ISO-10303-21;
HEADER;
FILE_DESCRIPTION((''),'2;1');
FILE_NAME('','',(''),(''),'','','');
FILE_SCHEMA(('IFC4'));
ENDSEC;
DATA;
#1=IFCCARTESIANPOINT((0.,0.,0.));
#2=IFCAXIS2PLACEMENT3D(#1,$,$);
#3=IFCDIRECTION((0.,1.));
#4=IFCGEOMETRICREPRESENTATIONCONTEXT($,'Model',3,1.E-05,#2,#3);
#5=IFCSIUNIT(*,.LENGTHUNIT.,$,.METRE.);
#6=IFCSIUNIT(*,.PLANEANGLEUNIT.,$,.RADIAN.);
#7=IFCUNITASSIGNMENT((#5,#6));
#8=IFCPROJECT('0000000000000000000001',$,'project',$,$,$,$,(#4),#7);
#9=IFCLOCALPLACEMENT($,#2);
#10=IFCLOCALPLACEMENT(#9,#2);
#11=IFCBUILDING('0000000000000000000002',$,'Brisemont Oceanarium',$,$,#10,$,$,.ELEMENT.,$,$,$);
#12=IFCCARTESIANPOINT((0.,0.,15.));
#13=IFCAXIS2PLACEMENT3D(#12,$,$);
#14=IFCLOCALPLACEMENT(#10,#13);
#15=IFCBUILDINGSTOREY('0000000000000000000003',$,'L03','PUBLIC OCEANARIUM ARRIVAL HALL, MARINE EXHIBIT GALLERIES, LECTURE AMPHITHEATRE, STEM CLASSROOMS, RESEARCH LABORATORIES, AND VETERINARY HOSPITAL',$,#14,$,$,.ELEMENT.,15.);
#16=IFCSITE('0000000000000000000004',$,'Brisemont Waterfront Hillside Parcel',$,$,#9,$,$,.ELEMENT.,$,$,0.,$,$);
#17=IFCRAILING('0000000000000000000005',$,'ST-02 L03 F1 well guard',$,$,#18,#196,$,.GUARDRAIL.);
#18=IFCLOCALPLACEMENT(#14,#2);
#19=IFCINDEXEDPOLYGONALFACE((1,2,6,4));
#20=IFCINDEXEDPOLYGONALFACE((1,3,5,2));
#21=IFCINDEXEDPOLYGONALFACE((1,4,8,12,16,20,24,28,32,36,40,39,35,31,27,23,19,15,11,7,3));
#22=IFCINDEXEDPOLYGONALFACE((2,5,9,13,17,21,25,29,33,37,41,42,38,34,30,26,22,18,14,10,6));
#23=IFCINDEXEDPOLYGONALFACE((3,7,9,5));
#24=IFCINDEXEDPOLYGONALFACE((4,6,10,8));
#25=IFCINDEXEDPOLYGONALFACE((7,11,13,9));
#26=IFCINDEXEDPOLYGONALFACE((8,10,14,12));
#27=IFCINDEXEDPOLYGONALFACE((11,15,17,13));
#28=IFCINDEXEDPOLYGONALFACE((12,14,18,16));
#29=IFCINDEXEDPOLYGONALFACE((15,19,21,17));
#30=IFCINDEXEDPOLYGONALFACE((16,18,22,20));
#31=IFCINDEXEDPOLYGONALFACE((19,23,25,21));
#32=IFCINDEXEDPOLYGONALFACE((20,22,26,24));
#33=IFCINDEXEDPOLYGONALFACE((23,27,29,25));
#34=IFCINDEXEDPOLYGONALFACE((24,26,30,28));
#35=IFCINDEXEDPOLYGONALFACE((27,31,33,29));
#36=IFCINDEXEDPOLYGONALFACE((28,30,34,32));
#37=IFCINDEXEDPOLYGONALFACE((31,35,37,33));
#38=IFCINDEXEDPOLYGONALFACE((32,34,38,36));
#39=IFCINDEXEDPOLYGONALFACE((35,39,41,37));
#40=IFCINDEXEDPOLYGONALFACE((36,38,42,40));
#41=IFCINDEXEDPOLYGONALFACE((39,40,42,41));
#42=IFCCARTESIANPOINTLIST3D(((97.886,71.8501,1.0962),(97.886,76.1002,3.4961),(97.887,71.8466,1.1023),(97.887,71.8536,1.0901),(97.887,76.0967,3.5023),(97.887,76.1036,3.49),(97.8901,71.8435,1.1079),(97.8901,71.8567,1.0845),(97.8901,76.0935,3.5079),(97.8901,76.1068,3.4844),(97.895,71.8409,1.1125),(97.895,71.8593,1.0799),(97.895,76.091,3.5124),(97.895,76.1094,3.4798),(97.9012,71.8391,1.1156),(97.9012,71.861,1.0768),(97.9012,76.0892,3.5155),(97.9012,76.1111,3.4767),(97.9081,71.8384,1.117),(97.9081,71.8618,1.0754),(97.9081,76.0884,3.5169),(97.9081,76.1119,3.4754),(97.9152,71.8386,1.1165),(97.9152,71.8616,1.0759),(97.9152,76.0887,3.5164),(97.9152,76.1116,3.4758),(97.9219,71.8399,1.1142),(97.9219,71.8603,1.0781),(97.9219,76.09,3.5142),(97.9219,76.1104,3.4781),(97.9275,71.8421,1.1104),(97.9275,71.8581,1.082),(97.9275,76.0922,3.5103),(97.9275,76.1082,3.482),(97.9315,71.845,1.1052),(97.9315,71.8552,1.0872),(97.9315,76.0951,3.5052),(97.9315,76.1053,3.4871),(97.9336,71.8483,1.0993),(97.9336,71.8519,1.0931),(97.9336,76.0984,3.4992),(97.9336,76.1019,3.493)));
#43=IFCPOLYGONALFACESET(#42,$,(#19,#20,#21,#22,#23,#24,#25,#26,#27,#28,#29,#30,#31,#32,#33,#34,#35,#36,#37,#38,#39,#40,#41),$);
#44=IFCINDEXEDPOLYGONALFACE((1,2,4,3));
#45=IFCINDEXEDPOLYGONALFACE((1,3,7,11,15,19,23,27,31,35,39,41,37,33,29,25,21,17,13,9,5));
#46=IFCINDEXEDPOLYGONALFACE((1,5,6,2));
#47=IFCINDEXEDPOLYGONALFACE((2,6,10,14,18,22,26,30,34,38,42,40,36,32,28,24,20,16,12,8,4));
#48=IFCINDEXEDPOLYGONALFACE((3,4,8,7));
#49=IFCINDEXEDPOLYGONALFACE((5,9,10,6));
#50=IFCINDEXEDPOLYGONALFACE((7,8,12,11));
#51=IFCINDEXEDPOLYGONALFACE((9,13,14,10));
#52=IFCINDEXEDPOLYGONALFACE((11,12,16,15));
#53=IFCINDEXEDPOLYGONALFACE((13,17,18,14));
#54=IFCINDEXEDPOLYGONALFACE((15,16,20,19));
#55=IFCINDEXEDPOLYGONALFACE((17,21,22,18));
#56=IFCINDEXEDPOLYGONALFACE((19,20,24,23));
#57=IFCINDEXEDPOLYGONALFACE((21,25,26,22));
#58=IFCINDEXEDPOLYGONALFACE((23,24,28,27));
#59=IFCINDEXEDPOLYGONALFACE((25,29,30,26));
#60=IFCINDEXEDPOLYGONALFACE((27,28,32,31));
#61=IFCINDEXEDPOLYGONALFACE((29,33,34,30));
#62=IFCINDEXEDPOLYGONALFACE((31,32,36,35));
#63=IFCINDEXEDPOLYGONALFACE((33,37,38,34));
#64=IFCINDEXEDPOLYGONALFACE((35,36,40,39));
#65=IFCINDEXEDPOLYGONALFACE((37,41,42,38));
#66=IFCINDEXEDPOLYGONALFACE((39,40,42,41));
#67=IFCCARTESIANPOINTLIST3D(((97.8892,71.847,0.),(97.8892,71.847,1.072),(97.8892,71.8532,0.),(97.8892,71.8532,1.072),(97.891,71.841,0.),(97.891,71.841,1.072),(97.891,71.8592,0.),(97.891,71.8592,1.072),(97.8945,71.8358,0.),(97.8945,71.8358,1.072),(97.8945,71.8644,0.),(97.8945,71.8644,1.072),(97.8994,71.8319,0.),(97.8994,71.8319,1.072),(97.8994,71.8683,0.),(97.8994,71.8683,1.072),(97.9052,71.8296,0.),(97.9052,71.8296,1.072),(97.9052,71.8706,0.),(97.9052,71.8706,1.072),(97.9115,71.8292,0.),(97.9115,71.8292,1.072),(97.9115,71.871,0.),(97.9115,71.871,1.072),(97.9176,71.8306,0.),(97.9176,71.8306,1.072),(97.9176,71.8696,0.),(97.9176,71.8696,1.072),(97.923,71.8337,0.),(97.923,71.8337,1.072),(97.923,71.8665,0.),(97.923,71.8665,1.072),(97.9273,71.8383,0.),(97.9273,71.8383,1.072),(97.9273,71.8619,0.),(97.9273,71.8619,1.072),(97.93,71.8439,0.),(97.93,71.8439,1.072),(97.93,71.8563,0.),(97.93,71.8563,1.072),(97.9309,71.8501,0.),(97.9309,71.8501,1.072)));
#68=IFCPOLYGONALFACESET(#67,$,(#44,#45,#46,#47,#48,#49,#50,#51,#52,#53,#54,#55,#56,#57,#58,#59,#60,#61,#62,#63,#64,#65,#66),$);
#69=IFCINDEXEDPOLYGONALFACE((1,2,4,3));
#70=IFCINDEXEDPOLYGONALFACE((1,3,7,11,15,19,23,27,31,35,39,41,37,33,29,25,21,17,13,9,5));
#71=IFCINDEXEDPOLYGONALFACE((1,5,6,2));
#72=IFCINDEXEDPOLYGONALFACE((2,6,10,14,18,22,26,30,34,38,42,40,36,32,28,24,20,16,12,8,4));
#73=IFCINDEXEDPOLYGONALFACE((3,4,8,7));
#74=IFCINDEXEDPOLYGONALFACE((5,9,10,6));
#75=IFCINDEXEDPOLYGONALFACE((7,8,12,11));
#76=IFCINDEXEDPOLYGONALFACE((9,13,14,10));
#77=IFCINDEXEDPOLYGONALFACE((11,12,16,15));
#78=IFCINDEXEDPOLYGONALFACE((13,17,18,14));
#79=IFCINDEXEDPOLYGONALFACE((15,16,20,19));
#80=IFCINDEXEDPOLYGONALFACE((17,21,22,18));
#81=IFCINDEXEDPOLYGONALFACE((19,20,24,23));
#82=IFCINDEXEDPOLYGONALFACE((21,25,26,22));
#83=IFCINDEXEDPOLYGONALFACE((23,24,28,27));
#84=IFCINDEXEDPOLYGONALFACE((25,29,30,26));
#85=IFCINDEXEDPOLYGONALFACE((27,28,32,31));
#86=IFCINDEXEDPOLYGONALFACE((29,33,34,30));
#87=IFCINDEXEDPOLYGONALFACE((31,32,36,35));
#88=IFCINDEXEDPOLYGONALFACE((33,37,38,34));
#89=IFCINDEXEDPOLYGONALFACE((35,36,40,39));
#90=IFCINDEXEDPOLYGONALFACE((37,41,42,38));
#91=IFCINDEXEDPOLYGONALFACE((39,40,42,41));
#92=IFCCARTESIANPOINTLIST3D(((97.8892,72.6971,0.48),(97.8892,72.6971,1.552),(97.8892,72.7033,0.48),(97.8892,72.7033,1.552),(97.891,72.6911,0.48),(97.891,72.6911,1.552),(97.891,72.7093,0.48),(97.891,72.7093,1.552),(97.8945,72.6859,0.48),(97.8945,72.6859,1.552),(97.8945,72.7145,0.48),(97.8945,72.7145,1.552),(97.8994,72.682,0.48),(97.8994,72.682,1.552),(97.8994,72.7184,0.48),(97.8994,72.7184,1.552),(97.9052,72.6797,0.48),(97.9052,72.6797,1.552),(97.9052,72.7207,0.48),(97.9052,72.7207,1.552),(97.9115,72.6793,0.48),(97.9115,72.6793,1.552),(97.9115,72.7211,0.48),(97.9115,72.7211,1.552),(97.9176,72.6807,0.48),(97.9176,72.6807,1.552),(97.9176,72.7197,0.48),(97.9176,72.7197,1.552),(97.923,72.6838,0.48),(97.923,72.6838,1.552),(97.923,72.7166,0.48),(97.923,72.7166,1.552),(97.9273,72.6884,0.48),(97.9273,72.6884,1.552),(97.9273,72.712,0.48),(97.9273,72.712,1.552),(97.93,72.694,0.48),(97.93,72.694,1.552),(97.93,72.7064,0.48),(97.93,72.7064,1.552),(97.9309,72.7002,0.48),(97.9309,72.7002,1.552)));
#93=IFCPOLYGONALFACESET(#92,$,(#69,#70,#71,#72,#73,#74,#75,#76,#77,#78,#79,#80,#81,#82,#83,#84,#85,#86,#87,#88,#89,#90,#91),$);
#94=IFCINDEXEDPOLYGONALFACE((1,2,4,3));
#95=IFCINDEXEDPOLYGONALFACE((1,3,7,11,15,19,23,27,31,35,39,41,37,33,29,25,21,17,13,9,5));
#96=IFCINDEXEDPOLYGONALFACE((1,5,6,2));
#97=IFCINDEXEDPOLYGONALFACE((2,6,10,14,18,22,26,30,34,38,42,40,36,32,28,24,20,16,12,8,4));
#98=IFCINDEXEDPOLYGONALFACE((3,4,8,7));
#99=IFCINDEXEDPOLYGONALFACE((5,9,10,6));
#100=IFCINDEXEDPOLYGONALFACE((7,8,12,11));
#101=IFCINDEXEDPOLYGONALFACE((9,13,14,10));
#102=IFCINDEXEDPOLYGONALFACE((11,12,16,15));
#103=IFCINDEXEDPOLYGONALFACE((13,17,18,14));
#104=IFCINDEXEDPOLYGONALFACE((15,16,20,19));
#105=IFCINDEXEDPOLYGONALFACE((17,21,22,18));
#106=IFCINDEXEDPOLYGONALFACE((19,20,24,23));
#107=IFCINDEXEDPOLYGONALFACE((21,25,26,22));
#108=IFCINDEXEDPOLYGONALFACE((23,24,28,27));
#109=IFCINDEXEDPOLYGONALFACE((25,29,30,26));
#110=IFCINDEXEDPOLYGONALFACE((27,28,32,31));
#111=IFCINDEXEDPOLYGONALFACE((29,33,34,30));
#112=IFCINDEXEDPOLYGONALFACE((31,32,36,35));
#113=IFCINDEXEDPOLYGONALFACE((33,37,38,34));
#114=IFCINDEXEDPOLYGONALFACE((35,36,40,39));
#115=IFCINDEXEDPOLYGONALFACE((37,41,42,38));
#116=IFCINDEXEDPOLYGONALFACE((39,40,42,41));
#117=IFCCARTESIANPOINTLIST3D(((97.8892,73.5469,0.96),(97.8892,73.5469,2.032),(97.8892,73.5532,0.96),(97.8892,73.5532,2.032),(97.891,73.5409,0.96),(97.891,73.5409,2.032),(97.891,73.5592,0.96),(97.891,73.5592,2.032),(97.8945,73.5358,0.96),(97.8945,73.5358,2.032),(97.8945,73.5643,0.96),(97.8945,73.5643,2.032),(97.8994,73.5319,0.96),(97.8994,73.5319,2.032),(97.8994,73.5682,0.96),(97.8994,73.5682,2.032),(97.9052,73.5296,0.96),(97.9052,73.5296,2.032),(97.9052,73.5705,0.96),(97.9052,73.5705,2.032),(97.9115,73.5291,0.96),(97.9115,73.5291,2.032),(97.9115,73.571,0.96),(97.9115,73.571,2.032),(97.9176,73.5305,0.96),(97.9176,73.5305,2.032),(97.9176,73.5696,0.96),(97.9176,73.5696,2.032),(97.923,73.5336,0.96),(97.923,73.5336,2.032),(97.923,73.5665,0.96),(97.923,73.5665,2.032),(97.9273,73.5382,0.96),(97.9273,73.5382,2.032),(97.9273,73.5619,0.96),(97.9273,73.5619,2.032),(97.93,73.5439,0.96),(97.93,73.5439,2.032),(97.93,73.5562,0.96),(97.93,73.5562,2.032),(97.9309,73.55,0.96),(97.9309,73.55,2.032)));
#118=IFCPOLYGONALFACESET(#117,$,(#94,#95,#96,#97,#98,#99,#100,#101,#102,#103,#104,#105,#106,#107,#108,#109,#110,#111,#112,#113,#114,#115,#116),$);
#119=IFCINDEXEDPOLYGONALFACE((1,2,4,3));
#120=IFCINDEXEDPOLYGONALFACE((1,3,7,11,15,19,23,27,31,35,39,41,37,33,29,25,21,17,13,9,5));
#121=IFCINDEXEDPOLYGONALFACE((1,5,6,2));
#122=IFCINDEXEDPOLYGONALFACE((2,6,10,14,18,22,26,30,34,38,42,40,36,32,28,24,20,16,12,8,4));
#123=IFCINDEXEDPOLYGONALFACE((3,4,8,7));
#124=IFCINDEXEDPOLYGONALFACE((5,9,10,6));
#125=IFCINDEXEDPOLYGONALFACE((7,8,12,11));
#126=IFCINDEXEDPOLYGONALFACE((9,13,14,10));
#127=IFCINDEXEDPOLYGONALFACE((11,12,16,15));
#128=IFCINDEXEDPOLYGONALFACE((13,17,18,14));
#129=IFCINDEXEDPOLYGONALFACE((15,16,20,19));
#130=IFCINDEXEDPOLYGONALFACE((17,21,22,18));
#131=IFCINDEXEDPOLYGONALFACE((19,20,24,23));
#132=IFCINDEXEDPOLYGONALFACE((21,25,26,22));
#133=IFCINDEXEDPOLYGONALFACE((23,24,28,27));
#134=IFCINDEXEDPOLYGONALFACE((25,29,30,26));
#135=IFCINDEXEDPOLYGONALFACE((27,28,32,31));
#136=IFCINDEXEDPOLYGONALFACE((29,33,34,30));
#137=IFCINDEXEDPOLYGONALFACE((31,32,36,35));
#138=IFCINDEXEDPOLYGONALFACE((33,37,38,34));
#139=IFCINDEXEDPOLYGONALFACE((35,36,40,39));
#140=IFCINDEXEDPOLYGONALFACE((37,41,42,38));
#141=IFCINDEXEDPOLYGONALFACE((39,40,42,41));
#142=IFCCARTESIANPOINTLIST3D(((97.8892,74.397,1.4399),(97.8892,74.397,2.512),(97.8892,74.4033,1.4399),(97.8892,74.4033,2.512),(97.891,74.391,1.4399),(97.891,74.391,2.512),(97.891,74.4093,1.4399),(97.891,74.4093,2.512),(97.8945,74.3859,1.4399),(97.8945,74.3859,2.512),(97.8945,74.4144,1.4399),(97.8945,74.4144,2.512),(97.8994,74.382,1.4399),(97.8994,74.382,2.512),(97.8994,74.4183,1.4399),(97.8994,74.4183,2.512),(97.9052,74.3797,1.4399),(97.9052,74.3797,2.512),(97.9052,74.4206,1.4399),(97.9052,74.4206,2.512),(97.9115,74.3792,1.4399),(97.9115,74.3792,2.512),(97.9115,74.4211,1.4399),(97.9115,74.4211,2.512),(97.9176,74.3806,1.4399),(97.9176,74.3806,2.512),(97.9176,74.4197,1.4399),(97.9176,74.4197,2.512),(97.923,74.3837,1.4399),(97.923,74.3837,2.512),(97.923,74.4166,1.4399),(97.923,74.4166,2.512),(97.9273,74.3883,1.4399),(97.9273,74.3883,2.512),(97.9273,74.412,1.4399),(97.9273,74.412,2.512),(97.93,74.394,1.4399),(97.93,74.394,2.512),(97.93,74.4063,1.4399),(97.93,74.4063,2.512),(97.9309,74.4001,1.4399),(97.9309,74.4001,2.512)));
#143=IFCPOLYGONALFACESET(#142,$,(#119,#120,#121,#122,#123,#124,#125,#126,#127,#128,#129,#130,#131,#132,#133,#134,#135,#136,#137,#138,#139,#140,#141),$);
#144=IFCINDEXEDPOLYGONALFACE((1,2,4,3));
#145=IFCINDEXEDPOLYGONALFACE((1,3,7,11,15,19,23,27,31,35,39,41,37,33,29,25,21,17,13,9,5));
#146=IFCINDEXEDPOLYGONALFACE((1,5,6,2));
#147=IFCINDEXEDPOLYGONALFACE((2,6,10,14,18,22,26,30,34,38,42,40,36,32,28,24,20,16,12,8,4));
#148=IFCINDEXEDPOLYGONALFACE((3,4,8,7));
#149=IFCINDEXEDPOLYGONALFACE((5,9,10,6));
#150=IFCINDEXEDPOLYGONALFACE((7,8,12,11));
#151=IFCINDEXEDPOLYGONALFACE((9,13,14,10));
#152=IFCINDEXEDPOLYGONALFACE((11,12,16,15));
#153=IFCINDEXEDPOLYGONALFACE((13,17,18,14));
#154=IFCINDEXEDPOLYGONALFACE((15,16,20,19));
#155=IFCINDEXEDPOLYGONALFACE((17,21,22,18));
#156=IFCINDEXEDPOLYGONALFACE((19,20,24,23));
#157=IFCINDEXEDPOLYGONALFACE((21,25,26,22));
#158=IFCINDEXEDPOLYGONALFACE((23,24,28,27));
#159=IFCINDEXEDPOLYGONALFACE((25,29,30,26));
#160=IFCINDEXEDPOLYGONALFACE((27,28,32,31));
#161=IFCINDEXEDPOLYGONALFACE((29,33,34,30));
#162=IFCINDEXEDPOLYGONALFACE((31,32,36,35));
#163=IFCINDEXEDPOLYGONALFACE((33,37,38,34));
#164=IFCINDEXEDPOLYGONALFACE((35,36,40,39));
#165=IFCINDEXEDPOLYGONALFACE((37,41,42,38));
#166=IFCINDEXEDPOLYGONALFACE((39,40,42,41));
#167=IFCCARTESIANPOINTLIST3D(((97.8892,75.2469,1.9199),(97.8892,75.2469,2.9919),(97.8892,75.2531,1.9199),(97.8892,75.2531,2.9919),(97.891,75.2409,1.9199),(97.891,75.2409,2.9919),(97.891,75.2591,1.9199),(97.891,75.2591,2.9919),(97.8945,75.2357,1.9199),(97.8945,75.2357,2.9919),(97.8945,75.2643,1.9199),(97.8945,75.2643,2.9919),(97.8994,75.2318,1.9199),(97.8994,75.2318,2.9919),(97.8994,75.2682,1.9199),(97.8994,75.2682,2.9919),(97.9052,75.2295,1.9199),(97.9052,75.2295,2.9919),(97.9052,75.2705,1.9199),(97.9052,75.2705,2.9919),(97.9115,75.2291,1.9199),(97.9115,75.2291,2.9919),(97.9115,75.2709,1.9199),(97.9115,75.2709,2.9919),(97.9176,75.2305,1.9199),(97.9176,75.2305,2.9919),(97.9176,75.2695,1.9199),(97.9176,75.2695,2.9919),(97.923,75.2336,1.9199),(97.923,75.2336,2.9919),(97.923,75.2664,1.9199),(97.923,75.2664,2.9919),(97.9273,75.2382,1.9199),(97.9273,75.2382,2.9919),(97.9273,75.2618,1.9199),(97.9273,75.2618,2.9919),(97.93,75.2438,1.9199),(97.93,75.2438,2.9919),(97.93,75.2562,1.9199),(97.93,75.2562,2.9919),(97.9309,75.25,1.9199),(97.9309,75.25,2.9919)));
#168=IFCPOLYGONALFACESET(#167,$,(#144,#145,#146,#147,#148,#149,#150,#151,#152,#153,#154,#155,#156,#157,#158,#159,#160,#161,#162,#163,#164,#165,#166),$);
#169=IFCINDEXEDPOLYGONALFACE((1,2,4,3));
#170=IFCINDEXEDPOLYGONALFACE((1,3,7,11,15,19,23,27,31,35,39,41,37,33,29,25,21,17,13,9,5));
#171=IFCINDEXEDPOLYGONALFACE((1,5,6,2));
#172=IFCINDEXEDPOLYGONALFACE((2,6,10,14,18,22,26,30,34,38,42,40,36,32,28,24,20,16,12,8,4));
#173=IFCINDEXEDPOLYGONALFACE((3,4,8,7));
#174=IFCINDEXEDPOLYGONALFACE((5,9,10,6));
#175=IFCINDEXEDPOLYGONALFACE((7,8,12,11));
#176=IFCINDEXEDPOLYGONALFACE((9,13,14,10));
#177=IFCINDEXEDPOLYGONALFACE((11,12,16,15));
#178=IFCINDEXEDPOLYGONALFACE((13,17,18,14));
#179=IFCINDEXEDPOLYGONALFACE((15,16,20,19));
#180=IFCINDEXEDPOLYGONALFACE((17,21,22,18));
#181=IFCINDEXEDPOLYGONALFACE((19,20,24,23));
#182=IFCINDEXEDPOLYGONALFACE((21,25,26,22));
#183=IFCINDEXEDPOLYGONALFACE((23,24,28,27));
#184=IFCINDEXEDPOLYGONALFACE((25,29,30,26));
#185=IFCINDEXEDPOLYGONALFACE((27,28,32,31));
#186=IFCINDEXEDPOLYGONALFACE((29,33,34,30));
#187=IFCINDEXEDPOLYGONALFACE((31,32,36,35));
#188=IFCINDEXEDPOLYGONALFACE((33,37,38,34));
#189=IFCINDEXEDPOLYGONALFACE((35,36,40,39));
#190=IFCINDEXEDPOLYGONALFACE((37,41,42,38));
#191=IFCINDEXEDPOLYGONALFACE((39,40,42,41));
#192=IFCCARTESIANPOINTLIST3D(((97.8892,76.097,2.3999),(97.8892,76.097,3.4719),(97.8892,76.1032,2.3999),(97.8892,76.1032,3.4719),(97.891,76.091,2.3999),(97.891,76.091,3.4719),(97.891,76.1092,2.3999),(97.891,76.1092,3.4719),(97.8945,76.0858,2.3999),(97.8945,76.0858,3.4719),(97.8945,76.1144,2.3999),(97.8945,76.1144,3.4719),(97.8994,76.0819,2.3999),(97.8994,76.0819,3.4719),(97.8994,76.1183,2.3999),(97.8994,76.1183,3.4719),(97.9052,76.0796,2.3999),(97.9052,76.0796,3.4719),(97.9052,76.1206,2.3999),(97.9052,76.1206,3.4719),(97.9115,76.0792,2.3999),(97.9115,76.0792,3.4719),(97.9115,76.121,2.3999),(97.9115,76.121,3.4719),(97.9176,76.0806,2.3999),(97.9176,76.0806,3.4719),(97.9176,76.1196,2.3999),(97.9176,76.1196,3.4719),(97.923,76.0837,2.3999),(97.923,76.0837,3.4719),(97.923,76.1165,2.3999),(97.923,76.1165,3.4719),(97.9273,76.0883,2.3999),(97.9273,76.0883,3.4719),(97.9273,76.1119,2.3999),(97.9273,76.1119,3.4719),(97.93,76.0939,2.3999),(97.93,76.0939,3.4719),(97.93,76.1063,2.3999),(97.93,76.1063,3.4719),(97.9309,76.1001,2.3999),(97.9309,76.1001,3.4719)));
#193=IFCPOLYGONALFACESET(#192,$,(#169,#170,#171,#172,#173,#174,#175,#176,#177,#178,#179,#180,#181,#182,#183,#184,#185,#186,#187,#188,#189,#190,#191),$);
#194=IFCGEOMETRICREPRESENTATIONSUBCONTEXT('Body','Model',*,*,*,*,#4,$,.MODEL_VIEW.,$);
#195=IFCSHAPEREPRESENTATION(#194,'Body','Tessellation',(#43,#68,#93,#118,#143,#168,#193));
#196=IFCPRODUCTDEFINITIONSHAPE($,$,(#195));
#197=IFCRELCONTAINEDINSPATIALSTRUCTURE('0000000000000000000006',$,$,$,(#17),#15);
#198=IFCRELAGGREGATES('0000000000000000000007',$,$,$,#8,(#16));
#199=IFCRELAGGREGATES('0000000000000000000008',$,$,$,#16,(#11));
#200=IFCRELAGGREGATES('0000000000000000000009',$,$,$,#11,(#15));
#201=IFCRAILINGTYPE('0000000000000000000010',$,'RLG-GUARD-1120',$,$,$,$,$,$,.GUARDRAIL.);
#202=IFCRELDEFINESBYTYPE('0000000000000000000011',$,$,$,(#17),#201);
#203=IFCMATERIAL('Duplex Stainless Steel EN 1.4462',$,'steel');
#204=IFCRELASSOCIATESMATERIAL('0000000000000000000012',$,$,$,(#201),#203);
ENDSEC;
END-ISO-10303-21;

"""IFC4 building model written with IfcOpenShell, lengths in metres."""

from ifc_helpers import new_model, si_unit, direction, frame, origin, origin_2d, place, context, subcontext, project, spatial, circle, extrude, material, type_object, element, save


model = new_model("IFC4")

# Units and contexts
model_context = context("Model", 3, precision=1e-05, world=origin(), true_north=direction((0.0, 1.0)))
body_context = subcontext(model_context, "Body", "Model", "MODEL_VIEW")
ifc_project = project(units=[si_unit("LENGTHUNIT", "METRE"), si_unit("PLANEANGLEUNIT", "RADIAN")], contexts=[model_context])

# Site, building, storey
site_placement = place(None, origin())
site = spatial("IfcSite", under=ifc_project, at=site_placement, Name="Brisemont Waterfront Hillside Parcel", CompositionType="ELEMENT", RefElevation=0.0)
building_placement = place(site_placement, origin())
building = spatial("IfcBuilding", under=site, at=building_placement, Name="Brisemont Oceanarium", CompositionType="ELEMENT")
storey_placement = place(building_placement, frame((0.0, 0.0, 15.0)))
storey = spatial("IfcBuildingStorey", under=building, at=storey_placement, Name="L03", Description="PUBLIC OCEANARIUM ARRIVAL HALL, MARINE EXHIBIT GALLERIES, LECTURE AMPHITHEATRE, STEM CLASSROOMS, RESEARCH LABORATORIES, AND VETERINARY HOSPITAL", CompositionType="ELEMENT", Elevation=15.0)

# Railing
ifc_material_1 = material(Name="Duplex Stainless Steel EN 1.4462", Category="steel")
railing_type_1 = type_object("IfcRailingType", Name="RLG-GUARD-1120", PredefinedType="GUARDRAIL", material=ifc_material_1)
railing_1_placement = place(storey_placement, frame((97.9099, 71.8501, 0.0)))
element("IfcRailing", 1, at=railing_1_placement, inside=storey, type_object=railing_type_1, Name="ST-02 L03 F1 well guard", PredefinedType="GUARDRAIL", context=body_context, shape_type="SweptSolid", body=[
    extrude(circle(Radius=0.0239, at=origin_2d()), frame((0.0, 0.0, 1.0962), z_axis=(0.0, 0.870762, 0.491704), x_axis=(-1.0, 0.0, 0.0)), (0.0, 0.0, 1.0), 4.8809),
    extrude(circle(Radius=0.021, at=origin_2d()), origin(), (0.0, 0.0, 1.0), 1.072),
    extrude(circle(Radius=0.021, at=origin_2d()), frame((0.0, 0.8501, 0.48)), (0.0, 0.0, 1.0), 1.072),
    extrude(circle(Radius=0.021, at=origin_2d()), frame((0.0, 1.7, 0.96)), (0.0, 0.0, 1.0), 1.072),
    extrude(circle(Radius=0.021, at=origin_2d()), frame((0.0, 2.55, 1.4399)), (0.0, 0.0, 1.0), 1.072),
    extrude(circle(Radius=0.021, at=origin_2d()), frame((0.0, 3.3999, 1.9199)), (0.0, 0.0, 1.0), 1.072),
    extrude(circle(Radius=0.021, at=origin_2d()), frame((0.0, 4.25, 2.3999)), (0.0, 0.0, 1.0), 1.072),
])

save(model, "model.ifc")
